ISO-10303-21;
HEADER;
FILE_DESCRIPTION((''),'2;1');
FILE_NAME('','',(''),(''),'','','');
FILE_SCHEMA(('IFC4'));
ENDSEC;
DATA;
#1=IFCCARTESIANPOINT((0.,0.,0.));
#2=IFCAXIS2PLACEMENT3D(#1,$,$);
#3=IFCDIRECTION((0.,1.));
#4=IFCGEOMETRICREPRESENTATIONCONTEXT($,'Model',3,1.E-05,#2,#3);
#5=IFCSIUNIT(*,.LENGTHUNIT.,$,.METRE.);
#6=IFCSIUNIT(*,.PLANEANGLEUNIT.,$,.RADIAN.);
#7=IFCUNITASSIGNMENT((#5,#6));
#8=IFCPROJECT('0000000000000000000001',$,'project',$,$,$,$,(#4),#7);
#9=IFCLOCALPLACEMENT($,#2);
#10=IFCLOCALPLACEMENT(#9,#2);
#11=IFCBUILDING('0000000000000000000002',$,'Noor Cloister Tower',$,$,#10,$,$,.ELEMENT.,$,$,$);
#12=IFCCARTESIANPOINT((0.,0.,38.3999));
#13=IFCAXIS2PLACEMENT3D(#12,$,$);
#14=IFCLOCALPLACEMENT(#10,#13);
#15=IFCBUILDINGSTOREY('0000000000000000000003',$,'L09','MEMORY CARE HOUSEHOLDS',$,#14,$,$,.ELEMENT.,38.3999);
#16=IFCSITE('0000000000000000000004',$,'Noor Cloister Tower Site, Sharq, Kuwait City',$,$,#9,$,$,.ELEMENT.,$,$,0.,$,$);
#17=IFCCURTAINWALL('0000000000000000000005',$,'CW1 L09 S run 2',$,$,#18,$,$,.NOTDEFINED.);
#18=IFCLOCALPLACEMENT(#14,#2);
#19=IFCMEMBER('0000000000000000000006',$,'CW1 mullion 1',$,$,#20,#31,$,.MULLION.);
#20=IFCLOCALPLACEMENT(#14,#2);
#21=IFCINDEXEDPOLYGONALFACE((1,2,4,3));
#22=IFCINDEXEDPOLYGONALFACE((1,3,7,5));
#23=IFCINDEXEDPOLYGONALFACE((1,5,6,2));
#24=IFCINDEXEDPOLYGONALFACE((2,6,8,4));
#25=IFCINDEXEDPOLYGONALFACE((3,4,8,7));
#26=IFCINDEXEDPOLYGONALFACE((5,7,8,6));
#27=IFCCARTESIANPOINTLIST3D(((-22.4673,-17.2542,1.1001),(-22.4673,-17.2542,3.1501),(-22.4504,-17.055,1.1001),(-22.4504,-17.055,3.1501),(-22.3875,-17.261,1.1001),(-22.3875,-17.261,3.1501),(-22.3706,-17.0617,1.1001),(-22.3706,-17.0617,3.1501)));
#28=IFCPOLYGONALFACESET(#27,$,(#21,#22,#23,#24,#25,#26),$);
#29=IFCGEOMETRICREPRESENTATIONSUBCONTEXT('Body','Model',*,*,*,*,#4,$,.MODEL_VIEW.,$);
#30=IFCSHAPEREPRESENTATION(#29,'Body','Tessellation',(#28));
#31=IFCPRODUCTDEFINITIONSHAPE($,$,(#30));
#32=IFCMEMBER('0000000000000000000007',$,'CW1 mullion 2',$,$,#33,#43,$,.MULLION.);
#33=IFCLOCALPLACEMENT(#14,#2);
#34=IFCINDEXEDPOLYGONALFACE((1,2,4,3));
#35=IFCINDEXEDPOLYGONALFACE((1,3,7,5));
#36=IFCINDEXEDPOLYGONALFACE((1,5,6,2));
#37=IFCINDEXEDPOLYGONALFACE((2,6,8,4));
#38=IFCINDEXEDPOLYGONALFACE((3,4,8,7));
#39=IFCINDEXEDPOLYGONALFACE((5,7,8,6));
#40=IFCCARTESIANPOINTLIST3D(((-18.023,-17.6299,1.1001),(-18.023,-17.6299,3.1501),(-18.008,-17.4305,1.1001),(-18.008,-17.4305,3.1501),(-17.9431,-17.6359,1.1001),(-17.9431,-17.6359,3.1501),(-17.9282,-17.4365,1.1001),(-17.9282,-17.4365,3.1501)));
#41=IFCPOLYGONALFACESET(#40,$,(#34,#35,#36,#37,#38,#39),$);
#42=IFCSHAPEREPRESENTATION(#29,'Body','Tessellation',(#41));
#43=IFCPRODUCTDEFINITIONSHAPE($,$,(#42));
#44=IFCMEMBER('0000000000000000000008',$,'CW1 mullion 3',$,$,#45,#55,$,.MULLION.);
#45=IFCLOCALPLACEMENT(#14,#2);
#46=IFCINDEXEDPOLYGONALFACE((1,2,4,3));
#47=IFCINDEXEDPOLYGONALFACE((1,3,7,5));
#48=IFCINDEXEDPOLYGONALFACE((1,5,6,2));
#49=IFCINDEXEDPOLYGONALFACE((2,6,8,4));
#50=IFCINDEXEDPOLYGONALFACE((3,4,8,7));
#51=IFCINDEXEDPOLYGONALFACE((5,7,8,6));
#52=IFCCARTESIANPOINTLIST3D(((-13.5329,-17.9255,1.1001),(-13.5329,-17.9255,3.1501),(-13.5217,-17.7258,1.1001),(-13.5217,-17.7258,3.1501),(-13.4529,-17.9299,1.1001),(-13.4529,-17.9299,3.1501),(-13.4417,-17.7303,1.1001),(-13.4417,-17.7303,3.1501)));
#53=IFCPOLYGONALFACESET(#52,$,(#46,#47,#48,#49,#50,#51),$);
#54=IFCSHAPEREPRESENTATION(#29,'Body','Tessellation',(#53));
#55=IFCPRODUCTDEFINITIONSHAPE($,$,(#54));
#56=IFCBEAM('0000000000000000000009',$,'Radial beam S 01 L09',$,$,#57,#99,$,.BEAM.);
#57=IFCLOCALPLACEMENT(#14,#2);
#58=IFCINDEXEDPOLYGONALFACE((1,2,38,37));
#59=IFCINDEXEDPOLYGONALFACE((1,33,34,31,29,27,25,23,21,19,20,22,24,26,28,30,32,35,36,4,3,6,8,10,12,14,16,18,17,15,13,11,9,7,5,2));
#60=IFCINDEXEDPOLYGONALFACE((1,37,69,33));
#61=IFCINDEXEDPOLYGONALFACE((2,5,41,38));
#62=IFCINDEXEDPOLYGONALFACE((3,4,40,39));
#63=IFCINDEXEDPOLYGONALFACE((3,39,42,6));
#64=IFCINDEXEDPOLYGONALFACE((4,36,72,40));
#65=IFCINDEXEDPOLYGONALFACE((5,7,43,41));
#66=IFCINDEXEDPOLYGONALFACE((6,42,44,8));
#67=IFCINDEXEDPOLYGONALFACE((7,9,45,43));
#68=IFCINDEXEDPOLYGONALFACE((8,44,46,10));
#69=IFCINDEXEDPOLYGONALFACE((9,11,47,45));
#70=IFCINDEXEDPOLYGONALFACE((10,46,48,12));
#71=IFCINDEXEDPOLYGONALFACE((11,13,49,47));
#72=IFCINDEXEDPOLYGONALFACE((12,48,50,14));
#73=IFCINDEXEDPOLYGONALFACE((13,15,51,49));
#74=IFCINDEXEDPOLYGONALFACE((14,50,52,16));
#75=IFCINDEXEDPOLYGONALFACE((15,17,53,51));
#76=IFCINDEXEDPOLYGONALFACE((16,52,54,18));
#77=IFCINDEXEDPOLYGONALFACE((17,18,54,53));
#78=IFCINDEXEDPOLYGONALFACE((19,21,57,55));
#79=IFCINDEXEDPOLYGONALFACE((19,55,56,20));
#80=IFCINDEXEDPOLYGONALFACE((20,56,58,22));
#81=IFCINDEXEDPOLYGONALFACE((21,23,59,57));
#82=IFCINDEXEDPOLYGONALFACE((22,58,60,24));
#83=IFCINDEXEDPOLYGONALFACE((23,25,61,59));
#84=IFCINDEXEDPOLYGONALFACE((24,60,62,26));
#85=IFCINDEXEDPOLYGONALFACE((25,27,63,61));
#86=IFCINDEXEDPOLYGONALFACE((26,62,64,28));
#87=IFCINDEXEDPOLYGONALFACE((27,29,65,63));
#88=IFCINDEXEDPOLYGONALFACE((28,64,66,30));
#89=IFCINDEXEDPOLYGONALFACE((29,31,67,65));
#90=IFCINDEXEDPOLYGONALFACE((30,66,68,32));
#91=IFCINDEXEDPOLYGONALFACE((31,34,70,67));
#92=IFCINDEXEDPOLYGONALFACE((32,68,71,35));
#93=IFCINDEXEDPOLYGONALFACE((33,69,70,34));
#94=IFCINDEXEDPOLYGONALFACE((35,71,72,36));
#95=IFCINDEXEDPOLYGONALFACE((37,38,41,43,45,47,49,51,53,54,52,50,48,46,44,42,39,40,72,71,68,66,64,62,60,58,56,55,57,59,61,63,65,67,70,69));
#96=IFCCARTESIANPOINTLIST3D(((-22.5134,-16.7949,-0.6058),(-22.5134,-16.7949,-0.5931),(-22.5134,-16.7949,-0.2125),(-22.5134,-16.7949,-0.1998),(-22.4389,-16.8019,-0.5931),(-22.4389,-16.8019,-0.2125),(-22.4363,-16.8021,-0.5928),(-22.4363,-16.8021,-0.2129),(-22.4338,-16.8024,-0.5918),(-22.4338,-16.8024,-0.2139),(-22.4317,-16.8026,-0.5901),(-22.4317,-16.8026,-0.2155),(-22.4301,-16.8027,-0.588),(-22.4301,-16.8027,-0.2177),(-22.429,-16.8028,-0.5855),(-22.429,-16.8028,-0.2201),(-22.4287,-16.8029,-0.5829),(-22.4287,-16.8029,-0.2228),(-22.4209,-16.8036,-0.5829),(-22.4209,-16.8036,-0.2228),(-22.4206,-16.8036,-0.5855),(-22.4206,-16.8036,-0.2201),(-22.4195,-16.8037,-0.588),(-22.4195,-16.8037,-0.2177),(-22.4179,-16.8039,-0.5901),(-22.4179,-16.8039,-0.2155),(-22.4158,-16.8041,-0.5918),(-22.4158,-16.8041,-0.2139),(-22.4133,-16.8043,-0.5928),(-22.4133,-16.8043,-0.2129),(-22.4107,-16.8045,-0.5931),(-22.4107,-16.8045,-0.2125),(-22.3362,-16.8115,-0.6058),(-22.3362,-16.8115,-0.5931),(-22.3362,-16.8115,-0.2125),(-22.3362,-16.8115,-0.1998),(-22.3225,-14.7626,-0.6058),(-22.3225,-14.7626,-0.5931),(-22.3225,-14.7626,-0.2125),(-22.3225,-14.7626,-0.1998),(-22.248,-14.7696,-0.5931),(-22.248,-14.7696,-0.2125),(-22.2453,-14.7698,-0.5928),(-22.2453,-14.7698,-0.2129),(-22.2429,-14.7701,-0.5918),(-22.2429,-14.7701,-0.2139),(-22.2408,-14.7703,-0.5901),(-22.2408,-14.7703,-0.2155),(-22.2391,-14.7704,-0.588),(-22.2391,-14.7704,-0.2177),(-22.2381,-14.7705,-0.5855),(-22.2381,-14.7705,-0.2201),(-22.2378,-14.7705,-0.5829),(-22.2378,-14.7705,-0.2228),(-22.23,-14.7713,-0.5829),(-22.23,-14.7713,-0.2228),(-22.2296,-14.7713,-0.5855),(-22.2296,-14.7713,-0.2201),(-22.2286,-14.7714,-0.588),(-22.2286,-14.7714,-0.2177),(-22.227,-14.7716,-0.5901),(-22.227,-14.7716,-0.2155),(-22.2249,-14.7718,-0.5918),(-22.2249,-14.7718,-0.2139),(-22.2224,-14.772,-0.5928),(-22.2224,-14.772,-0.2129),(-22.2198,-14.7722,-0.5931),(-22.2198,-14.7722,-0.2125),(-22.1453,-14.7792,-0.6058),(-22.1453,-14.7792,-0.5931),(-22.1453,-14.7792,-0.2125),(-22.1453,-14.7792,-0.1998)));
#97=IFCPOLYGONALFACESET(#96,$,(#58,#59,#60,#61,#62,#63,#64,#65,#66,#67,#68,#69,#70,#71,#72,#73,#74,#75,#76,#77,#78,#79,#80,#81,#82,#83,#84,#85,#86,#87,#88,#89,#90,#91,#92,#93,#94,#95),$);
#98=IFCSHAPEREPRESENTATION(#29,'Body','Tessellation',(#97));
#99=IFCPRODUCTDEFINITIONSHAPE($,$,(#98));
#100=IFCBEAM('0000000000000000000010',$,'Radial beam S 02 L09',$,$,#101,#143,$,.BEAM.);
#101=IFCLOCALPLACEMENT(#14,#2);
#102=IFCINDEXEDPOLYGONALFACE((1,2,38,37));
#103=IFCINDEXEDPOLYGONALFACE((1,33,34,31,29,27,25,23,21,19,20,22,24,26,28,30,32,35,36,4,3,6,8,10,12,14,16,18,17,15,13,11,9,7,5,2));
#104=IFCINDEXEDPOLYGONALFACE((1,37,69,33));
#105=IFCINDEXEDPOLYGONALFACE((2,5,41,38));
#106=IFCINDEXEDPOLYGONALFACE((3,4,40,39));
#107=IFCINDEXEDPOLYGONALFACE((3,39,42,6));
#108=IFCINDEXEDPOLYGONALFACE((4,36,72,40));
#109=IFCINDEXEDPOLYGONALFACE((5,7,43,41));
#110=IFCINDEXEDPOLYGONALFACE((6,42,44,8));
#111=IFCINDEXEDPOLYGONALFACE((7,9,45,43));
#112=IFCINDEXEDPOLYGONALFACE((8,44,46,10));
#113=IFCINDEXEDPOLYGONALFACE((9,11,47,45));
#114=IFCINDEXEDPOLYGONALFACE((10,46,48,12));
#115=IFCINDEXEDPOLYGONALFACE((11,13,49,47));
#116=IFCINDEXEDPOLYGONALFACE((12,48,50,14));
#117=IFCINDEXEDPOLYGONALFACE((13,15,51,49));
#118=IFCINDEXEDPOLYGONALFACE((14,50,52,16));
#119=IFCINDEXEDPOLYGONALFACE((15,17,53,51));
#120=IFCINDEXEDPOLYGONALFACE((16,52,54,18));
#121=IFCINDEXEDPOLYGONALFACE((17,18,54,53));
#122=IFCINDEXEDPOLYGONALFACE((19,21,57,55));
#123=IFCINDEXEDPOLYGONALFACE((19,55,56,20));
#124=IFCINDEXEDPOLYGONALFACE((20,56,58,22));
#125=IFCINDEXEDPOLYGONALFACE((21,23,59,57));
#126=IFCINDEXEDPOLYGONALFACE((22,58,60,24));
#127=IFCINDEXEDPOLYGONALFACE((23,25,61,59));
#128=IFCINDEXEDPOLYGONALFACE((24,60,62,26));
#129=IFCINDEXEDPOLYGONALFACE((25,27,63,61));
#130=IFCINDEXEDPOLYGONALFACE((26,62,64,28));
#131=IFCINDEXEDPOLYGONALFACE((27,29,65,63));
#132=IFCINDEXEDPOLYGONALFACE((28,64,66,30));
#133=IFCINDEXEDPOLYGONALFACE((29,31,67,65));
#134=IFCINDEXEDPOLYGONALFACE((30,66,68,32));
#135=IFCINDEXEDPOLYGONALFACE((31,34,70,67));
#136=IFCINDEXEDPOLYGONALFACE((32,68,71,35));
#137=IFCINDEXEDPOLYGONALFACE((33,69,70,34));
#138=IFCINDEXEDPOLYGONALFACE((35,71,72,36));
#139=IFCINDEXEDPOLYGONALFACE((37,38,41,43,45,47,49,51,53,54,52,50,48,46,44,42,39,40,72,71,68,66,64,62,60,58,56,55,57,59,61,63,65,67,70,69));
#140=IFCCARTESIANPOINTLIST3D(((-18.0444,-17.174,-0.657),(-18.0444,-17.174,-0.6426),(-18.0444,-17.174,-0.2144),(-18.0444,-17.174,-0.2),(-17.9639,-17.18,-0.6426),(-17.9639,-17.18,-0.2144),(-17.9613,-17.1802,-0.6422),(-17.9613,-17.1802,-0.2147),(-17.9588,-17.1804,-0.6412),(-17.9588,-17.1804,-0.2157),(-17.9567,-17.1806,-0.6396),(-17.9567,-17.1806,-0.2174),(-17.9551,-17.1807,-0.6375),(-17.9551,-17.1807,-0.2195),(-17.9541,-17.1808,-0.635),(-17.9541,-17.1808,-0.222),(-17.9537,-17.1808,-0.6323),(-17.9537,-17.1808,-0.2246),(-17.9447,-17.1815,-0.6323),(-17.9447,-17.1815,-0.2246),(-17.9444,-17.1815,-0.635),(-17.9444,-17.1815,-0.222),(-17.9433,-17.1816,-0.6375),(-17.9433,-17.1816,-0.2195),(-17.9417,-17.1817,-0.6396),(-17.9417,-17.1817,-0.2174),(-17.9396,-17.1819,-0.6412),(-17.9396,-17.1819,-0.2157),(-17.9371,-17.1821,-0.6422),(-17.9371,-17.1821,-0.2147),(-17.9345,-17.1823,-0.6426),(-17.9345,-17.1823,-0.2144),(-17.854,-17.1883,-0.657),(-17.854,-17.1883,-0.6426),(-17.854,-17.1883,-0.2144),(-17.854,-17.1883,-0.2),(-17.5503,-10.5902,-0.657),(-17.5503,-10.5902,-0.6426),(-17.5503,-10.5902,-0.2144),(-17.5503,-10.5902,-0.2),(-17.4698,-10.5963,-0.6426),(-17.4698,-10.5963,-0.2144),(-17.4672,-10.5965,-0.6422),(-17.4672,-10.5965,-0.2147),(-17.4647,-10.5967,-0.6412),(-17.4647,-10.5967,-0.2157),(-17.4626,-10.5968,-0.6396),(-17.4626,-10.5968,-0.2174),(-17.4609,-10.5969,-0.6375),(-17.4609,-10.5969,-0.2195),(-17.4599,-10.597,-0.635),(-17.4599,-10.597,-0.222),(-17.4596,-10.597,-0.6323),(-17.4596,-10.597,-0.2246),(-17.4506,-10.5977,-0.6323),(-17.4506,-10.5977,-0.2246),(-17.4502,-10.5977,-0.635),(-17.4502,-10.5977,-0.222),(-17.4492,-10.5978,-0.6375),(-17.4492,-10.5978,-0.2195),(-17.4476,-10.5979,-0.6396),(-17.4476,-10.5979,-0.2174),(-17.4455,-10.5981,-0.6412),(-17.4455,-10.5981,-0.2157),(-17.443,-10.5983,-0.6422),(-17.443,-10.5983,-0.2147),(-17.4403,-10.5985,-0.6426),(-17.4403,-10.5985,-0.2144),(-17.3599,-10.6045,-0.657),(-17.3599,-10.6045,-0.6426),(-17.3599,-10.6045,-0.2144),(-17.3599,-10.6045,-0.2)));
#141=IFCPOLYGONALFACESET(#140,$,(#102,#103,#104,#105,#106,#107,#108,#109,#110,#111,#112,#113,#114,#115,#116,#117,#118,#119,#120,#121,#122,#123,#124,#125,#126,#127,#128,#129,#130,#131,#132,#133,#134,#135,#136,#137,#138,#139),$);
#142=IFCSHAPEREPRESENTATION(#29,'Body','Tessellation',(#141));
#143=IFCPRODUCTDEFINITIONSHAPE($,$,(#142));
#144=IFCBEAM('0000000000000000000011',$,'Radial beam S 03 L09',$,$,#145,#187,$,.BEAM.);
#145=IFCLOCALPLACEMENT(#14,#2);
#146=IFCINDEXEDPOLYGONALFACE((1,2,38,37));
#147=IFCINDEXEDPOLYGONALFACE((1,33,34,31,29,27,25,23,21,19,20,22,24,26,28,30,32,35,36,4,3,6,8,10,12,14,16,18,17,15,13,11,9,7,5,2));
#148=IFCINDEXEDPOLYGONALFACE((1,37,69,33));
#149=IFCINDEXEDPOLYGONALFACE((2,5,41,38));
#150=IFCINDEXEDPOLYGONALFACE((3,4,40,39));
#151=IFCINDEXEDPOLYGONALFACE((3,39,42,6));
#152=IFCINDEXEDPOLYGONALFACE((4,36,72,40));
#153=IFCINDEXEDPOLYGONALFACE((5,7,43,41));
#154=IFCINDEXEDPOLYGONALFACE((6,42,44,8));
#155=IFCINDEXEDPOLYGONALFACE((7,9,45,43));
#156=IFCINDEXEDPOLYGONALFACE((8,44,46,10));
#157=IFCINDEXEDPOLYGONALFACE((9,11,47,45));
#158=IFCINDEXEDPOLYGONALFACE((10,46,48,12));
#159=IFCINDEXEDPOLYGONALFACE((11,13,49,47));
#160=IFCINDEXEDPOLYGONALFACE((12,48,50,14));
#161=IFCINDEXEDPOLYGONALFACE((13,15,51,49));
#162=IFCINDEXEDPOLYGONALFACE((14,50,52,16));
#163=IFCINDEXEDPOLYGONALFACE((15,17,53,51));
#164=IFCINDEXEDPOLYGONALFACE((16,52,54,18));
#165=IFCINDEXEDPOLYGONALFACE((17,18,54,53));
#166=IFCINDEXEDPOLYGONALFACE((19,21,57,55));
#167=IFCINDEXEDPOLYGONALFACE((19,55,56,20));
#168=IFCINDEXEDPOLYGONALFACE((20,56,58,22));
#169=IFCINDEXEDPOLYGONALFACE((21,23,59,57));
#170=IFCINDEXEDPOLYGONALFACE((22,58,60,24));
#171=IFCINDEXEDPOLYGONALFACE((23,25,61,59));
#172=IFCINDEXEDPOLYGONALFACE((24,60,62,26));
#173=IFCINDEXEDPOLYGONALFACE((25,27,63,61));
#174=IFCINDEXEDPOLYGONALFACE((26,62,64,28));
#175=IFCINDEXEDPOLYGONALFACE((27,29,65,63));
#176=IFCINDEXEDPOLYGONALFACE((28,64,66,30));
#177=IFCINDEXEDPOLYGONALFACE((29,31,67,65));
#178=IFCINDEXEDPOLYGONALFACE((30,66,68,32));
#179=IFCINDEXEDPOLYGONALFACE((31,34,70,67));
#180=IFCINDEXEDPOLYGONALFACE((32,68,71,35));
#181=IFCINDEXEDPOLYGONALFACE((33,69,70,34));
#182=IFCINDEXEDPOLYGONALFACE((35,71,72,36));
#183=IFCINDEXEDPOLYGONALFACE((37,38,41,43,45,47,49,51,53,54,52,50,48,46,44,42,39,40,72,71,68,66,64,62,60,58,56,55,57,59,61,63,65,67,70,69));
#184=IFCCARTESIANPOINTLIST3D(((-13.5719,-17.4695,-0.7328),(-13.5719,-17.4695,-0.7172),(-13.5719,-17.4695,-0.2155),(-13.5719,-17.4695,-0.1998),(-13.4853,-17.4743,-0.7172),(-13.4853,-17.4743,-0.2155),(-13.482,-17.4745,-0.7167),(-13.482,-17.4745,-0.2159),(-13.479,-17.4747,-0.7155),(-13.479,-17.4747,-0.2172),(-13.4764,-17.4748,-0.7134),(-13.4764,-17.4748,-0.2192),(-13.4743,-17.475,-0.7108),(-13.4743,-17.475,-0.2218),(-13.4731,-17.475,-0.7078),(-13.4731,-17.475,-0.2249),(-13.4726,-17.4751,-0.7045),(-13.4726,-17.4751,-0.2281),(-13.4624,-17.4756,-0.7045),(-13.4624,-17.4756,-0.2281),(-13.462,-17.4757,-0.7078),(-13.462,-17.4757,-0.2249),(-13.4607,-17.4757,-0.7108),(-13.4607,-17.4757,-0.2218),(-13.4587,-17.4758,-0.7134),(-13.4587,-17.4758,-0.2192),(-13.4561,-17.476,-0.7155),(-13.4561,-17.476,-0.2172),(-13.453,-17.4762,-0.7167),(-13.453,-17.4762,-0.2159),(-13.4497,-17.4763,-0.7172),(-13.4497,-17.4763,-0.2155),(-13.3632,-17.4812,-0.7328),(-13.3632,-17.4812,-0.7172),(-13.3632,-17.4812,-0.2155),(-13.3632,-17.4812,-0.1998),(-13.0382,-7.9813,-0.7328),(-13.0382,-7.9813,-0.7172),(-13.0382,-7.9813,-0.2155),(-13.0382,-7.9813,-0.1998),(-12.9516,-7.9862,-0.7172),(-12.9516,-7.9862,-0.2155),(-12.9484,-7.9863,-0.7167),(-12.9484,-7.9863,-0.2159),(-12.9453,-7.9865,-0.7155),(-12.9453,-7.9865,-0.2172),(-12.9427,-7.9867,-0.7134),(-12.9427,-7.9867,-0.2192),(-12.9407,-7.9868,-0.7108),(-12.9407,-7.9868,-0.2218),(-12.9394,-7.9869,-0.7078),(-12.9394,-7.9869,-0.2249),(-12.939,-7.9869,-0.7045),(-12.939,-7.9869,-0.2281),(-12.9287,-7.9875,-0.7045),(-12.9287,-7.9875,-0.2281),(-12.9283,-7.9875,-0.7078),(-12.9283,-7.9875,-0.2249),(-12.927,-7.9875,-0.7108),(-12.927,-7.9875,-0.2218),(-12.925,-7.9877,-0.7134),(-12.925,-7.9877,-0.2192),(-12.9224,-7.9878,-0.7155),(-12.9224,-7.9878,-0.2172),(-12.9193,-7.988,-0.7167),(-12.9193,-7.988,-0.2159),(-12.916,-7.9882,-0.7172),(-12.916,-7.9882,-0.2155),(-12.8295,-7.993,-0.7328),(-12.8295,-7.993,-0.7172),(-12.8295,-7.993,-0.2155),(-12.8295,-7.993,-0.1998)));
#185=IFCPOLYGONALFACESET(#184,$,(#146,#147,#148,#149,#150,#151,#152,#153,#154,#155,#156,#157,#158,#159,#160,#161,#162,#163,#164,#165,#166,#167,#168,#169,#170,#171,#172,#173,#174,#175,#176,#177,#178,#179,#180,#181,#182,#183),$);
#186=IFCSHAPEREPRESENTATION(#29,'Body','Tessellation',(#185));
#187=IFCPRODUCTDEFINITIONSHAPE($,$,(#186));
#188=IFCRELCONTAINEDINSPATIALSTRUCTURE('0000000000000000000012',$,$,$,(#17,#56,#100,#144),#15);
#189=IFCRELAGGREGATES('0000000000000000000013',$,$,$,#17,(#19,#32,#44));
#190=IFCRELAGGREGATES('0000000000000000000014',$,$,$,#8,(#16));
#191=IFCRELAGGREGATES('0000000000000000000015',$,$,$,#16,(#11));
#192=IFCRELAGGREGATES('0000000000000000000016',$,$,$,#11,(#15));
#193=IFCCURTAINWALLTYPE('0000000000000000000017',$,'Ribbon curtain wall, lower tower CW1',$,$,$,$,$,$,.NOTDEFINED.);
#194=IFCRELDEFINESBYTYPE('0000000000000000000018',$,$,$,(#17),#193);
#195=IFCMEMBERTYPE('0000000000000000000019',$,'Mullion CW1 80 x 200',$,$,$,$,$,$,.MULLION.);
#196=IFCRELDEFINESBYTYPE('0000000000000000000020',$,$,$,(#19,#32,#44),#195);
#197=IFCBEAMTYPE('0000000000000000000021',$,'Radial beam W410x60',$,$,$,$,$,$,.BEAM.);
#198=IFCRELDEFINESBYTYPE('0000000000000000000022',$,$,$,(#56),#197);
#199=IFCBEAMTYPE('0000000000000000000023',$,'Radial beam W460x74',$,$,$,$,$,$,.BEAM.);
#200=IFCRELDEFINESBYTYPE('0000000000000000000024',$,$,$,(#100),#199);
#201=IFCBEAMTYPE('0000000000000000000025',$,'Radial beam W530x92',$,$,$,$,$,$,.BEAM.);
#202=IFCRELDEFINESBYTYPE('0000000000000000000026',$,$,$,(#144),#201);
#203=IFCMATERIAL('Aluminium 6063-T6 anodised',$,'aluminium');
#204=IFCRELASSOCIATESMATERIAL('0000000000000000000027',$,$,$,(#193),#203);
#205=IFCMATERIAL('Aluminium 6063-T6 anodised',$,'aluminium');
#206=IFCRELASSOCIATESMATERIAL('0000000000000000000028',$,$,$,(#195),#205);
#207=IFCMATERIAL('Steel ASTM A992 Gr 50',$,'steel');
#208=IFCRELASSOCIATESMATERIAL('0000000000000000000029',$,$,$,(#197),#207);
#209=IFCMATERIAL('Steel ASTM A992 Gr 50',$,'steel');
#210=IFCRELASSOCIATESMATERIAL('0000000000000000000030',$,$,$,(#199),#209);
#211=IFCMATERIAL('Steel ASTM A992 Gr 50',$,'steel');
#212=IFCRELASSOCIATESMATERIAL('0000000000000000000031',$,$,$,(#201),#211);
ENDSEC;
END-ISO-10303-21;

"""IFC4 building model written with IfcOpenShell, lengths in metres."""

from ifc_helpers import new_model, si_unit, direction, frame, origin, origin_2d, place, context, subcontext, project, spatial, rectangle, i_section, extrude, material, material_profile, profile_set, type_object, element, aggregate, save


model = new_model("IFC4")

# Units and contexts
model_context = context("Model", 3, precision=1e-05, world=origin(), true_north=direction((0.0, 1.0)))
body_context = subcontext(model_context, "Body", "Model", "MODEL_VIEW")
ifc_project = project(units=[si_unit("LENGTHUNIT", "METRE"), si_unit("PLANEANGLEUNIT", "RADIAN")], contexts=[model_context])

# Site, building, storey
site_placement = place(None, origin())
site = spatial("IfcSite", under=ifc_project, at=site_placement, Name="Noor Cloister Tower Site, Sharq, Kuwait City", CompositionType="ELEMENT", RefElevation=0.0)
building_placement = place(site_placement, origin())
building = spatial("IfcBuilding", under=site, at=building_placement, Name="Noor Cloister Tower", CompositionType="ELEMENT")
storey_placement = place(building_placement, frame((0.0, 0.0, 38.3999)))
storey = spatial("IfcBuildingStorey", under=building, at=storey_placement, Name="L09", Description="MEMORY CARE HOUSEHOLDS", CompositionType="ELEMENT", Elevation=38.3999)

# Curtain wall, members
ifc_material_1 = material(Name="Aluminium 6063-T6 anodised", Category="aluminium")
curtain_wall_type = type_object("IfcCurtainWallType", Name="Ribbon curtain wall, lower tower CW1", PredefinedType="NOTDEFINED", material=ifc_material_1)
curtain_wall_placement = place(storey_placement, origin())
curtain_wall = element("IfcCurtainWall", 1, at=curtain_wall_placement, inside=storey, type_object=curtain_wall_type, Name="CW1 L09 S run 2", PredefinedType="NOTDEFINED")
ifc_material_2 = material(Name="Aluminium 6063-T6 anodised", Category="aluminium")
ifc_material_profile_1 = material_profile(ifc_material_2, rectangle(XDim=0.2, YDim=0.0801, at=origin_2d()), Name="200 x 80 mullion")
ifc_profile_set_1 = profile_set([ifc_material_profile_1], Name="Aluminium 6063-T6 anodised")
member_type = type_object("IfcMemberType", Name="Mullion CW1 80 x 200", PredefinedType="MULLION", material=ifc_profile_set_1)
member_1_placement = place(storey_placement, frame((-22.4189, -17.158, 1.1001), z_axis=(0.0, 0.0, 1.0), x_axis=(0.084174, 0.996451, 0.0)))
member_1 = element("IfcMember", 2, at=member_1_placement, type_object=member_type, Name="CW1 mullion 1", PredefinedType="MULLION", context=body_context, shape_type="SweptSolid", body=[
    extrude(rectangle(XDim=0.2, YDim=0.0801, at=origin_2d()), origin(), (0.0, 0.0, 1.0), 2.05),
])
member_2_placement = place(storey_placement, frame((-17.9756, -17.5332, 1.1001), z_axis=(0.0, 0.0, 1.0), x_axis=(0.07484, 0.997196, 0.0)))
member_2 = element("IfcMember", 3, at=member_2_placement, type_object=member_type, Name="CW1 mullion 2", PredefinedType="MULLION", context=body_context, shape_type="SweptSolid", body=[
    extrude(rectangle(XDim=0.2, YDim=0.0801, at=origin_2d()), origin(), (0.0, 0.0, 1.0), 2.05),
])
member_3_placement = place(storey_placement, frame((-13.4873, -17.8279, 1.1001), z_axis=(0.0, 0.0, 1.0), x_axis=(0.056153, 0.998422, 0.0)))
member_3 = element("IfcMember", 4, at=member_3_placement, type_object=member_type, Name="CW1 mullion 3", PredefinedType="MULLION", context=body_context, shape_type="SweptSolid", body=[
    extrude(rectangle(XDim=0.2, YDim=0.0801, at=origin_2d()), origin(), (0.0, 0.0, 1.0), 2.05),
])

# Beams
ifc_material_3 = material(Name="Steel ASTM A992 Gr 50", Category="steel")
ifc_material_profile_2 = material_profile(ifc_material_3, i_section(OverallWidth=0.178, OverallDepth=0.406, WebThickness=0.0078, FlangeThickness=0.0127, FilletRadius=0.0103, at=origin_2d()), Name="W410x60")
ifc_profile_set_2 = profile_set([ifc_material_profile_2], Name="Steel ASTM A992 Gr 50")
beam_type_1 = type_object("IfcBeamType", Name="Radial beam W410x60", PredefinedType="BEAM", material=ifc_profile_set_2)
beam_1_placement = place(storey_placement, frame((-22.4248, -16.8032, -0.4028), z_axis=(0.093533, 0.995616, 0.0), x_axis=(-0.995616, 0.093533, 0.0)))
element("IfcBeam", 5, at=beam_1_placement, inside=storey, type_object=beam_type_1, Name="Radial beam S 01 L09", PredefinedType="BEAM", context=body_context, shape_type="SweptSolid", body=[
    extrude(i_section(OverallWidth=0.178, OverallDepth=0.406, WebThickness=0.0078, FlangeThickness=0.0127, FilletRadius=0.0103, at=origin_2d()), origin(), (0.0, 0.0, 1.0), 2.0413),
])
ifc_material_4 = material(Name="Steel ASTM A992 Gr 50", Category="steel")
ifc_material_profile_3 = material_profile(ifc_material_4, i_section(OverallWidth=0.1909, OverallDepth=0.457, WebThickness=0.009, FlangeThickness=0.0144, FilletRadius=0.0103, at=origin_2d()), Name="W460x74")
ifc_profile_set_3 = profile_set([ifc_material_profile_3], Name="Steel ASTM A992 Gr 50")
beam_type_2 = type_object("IfcBeamType", Name="Radial beam W460x74", PredefinedType="BEAM", material=ifc_profile_set_3)
beam_2_placement = place(storey_placement, frame((-17.9492, -17.1812, -0.4285), z_axis=(0.074844, 0.997195, 0.0), x_axis=(-0.997195, 0.074844, 0.0)))
element("IfcBeam", 6, at=beam_2_placement, inside=storey, type_object=beam_type_2, Name="Radial beam S 02 L09", PredefinedType="BEAM", context=body_context, shape_type="SweptSolid", body=[
    extrude(i_section(OverallWidth=0.1909, OverallDepth=0.457, WebThickness=0.009, FlangeThickness=0.0144, FilletRadius=0.0103, at=origin_2d()), origin(), (0.0, 0.0, 1.0), 6.6023),
])
ifc_material_5 = material(Name="Steel ASTM A992 Gr 50", Category="steel")
ifc_material_profile_4 = material_profile(ifc_material_5, i_section(OverallWidth=0.209, OverallDepth=0.533, WebThickness=0.0103, FlangeThickness=0.0156, FilletRadius=0.0127, at=origin_2d()), Name="W530x92")
ifc_profile_set_4 = profile_set([ifc_material_profile_4], Name="Steel ASTM A992 Gr 50")
beam_type_3 = type_object("IfcBeamType", Name="Radial beam W530x92", PredefinedType="BEAM", material=ifc_profile_set_4)
beam_3_placement = place(storey_placement, frame((-13.4675, -17.4753, -0.4663), z_axis=(0.056159, 0.998422, 0.0), x_axis=(-0.998422, 0.056159, 0.0)))
element("IfcBeam", 7, at=beam_3_placement, inside=storey, type_object=beam_type_3, Name="Radial beam S 03 L09", PredefinedType="BEAM", context=body_context, shape_type="SweptSolid", body=[
    extrude(i_section(OverallWidth=0.209, OverallDepth=0.533, WebThickness=0.0103, FlangeThickness=0.0156, FilletRadius=0.0127, at=origin_2d()), origin(), (0.0, 0.0, 1.0), 9.5032),
])

aggregate(curtain_wall, [member_1, member_2, member_3])

save(model, "model.ifc")
